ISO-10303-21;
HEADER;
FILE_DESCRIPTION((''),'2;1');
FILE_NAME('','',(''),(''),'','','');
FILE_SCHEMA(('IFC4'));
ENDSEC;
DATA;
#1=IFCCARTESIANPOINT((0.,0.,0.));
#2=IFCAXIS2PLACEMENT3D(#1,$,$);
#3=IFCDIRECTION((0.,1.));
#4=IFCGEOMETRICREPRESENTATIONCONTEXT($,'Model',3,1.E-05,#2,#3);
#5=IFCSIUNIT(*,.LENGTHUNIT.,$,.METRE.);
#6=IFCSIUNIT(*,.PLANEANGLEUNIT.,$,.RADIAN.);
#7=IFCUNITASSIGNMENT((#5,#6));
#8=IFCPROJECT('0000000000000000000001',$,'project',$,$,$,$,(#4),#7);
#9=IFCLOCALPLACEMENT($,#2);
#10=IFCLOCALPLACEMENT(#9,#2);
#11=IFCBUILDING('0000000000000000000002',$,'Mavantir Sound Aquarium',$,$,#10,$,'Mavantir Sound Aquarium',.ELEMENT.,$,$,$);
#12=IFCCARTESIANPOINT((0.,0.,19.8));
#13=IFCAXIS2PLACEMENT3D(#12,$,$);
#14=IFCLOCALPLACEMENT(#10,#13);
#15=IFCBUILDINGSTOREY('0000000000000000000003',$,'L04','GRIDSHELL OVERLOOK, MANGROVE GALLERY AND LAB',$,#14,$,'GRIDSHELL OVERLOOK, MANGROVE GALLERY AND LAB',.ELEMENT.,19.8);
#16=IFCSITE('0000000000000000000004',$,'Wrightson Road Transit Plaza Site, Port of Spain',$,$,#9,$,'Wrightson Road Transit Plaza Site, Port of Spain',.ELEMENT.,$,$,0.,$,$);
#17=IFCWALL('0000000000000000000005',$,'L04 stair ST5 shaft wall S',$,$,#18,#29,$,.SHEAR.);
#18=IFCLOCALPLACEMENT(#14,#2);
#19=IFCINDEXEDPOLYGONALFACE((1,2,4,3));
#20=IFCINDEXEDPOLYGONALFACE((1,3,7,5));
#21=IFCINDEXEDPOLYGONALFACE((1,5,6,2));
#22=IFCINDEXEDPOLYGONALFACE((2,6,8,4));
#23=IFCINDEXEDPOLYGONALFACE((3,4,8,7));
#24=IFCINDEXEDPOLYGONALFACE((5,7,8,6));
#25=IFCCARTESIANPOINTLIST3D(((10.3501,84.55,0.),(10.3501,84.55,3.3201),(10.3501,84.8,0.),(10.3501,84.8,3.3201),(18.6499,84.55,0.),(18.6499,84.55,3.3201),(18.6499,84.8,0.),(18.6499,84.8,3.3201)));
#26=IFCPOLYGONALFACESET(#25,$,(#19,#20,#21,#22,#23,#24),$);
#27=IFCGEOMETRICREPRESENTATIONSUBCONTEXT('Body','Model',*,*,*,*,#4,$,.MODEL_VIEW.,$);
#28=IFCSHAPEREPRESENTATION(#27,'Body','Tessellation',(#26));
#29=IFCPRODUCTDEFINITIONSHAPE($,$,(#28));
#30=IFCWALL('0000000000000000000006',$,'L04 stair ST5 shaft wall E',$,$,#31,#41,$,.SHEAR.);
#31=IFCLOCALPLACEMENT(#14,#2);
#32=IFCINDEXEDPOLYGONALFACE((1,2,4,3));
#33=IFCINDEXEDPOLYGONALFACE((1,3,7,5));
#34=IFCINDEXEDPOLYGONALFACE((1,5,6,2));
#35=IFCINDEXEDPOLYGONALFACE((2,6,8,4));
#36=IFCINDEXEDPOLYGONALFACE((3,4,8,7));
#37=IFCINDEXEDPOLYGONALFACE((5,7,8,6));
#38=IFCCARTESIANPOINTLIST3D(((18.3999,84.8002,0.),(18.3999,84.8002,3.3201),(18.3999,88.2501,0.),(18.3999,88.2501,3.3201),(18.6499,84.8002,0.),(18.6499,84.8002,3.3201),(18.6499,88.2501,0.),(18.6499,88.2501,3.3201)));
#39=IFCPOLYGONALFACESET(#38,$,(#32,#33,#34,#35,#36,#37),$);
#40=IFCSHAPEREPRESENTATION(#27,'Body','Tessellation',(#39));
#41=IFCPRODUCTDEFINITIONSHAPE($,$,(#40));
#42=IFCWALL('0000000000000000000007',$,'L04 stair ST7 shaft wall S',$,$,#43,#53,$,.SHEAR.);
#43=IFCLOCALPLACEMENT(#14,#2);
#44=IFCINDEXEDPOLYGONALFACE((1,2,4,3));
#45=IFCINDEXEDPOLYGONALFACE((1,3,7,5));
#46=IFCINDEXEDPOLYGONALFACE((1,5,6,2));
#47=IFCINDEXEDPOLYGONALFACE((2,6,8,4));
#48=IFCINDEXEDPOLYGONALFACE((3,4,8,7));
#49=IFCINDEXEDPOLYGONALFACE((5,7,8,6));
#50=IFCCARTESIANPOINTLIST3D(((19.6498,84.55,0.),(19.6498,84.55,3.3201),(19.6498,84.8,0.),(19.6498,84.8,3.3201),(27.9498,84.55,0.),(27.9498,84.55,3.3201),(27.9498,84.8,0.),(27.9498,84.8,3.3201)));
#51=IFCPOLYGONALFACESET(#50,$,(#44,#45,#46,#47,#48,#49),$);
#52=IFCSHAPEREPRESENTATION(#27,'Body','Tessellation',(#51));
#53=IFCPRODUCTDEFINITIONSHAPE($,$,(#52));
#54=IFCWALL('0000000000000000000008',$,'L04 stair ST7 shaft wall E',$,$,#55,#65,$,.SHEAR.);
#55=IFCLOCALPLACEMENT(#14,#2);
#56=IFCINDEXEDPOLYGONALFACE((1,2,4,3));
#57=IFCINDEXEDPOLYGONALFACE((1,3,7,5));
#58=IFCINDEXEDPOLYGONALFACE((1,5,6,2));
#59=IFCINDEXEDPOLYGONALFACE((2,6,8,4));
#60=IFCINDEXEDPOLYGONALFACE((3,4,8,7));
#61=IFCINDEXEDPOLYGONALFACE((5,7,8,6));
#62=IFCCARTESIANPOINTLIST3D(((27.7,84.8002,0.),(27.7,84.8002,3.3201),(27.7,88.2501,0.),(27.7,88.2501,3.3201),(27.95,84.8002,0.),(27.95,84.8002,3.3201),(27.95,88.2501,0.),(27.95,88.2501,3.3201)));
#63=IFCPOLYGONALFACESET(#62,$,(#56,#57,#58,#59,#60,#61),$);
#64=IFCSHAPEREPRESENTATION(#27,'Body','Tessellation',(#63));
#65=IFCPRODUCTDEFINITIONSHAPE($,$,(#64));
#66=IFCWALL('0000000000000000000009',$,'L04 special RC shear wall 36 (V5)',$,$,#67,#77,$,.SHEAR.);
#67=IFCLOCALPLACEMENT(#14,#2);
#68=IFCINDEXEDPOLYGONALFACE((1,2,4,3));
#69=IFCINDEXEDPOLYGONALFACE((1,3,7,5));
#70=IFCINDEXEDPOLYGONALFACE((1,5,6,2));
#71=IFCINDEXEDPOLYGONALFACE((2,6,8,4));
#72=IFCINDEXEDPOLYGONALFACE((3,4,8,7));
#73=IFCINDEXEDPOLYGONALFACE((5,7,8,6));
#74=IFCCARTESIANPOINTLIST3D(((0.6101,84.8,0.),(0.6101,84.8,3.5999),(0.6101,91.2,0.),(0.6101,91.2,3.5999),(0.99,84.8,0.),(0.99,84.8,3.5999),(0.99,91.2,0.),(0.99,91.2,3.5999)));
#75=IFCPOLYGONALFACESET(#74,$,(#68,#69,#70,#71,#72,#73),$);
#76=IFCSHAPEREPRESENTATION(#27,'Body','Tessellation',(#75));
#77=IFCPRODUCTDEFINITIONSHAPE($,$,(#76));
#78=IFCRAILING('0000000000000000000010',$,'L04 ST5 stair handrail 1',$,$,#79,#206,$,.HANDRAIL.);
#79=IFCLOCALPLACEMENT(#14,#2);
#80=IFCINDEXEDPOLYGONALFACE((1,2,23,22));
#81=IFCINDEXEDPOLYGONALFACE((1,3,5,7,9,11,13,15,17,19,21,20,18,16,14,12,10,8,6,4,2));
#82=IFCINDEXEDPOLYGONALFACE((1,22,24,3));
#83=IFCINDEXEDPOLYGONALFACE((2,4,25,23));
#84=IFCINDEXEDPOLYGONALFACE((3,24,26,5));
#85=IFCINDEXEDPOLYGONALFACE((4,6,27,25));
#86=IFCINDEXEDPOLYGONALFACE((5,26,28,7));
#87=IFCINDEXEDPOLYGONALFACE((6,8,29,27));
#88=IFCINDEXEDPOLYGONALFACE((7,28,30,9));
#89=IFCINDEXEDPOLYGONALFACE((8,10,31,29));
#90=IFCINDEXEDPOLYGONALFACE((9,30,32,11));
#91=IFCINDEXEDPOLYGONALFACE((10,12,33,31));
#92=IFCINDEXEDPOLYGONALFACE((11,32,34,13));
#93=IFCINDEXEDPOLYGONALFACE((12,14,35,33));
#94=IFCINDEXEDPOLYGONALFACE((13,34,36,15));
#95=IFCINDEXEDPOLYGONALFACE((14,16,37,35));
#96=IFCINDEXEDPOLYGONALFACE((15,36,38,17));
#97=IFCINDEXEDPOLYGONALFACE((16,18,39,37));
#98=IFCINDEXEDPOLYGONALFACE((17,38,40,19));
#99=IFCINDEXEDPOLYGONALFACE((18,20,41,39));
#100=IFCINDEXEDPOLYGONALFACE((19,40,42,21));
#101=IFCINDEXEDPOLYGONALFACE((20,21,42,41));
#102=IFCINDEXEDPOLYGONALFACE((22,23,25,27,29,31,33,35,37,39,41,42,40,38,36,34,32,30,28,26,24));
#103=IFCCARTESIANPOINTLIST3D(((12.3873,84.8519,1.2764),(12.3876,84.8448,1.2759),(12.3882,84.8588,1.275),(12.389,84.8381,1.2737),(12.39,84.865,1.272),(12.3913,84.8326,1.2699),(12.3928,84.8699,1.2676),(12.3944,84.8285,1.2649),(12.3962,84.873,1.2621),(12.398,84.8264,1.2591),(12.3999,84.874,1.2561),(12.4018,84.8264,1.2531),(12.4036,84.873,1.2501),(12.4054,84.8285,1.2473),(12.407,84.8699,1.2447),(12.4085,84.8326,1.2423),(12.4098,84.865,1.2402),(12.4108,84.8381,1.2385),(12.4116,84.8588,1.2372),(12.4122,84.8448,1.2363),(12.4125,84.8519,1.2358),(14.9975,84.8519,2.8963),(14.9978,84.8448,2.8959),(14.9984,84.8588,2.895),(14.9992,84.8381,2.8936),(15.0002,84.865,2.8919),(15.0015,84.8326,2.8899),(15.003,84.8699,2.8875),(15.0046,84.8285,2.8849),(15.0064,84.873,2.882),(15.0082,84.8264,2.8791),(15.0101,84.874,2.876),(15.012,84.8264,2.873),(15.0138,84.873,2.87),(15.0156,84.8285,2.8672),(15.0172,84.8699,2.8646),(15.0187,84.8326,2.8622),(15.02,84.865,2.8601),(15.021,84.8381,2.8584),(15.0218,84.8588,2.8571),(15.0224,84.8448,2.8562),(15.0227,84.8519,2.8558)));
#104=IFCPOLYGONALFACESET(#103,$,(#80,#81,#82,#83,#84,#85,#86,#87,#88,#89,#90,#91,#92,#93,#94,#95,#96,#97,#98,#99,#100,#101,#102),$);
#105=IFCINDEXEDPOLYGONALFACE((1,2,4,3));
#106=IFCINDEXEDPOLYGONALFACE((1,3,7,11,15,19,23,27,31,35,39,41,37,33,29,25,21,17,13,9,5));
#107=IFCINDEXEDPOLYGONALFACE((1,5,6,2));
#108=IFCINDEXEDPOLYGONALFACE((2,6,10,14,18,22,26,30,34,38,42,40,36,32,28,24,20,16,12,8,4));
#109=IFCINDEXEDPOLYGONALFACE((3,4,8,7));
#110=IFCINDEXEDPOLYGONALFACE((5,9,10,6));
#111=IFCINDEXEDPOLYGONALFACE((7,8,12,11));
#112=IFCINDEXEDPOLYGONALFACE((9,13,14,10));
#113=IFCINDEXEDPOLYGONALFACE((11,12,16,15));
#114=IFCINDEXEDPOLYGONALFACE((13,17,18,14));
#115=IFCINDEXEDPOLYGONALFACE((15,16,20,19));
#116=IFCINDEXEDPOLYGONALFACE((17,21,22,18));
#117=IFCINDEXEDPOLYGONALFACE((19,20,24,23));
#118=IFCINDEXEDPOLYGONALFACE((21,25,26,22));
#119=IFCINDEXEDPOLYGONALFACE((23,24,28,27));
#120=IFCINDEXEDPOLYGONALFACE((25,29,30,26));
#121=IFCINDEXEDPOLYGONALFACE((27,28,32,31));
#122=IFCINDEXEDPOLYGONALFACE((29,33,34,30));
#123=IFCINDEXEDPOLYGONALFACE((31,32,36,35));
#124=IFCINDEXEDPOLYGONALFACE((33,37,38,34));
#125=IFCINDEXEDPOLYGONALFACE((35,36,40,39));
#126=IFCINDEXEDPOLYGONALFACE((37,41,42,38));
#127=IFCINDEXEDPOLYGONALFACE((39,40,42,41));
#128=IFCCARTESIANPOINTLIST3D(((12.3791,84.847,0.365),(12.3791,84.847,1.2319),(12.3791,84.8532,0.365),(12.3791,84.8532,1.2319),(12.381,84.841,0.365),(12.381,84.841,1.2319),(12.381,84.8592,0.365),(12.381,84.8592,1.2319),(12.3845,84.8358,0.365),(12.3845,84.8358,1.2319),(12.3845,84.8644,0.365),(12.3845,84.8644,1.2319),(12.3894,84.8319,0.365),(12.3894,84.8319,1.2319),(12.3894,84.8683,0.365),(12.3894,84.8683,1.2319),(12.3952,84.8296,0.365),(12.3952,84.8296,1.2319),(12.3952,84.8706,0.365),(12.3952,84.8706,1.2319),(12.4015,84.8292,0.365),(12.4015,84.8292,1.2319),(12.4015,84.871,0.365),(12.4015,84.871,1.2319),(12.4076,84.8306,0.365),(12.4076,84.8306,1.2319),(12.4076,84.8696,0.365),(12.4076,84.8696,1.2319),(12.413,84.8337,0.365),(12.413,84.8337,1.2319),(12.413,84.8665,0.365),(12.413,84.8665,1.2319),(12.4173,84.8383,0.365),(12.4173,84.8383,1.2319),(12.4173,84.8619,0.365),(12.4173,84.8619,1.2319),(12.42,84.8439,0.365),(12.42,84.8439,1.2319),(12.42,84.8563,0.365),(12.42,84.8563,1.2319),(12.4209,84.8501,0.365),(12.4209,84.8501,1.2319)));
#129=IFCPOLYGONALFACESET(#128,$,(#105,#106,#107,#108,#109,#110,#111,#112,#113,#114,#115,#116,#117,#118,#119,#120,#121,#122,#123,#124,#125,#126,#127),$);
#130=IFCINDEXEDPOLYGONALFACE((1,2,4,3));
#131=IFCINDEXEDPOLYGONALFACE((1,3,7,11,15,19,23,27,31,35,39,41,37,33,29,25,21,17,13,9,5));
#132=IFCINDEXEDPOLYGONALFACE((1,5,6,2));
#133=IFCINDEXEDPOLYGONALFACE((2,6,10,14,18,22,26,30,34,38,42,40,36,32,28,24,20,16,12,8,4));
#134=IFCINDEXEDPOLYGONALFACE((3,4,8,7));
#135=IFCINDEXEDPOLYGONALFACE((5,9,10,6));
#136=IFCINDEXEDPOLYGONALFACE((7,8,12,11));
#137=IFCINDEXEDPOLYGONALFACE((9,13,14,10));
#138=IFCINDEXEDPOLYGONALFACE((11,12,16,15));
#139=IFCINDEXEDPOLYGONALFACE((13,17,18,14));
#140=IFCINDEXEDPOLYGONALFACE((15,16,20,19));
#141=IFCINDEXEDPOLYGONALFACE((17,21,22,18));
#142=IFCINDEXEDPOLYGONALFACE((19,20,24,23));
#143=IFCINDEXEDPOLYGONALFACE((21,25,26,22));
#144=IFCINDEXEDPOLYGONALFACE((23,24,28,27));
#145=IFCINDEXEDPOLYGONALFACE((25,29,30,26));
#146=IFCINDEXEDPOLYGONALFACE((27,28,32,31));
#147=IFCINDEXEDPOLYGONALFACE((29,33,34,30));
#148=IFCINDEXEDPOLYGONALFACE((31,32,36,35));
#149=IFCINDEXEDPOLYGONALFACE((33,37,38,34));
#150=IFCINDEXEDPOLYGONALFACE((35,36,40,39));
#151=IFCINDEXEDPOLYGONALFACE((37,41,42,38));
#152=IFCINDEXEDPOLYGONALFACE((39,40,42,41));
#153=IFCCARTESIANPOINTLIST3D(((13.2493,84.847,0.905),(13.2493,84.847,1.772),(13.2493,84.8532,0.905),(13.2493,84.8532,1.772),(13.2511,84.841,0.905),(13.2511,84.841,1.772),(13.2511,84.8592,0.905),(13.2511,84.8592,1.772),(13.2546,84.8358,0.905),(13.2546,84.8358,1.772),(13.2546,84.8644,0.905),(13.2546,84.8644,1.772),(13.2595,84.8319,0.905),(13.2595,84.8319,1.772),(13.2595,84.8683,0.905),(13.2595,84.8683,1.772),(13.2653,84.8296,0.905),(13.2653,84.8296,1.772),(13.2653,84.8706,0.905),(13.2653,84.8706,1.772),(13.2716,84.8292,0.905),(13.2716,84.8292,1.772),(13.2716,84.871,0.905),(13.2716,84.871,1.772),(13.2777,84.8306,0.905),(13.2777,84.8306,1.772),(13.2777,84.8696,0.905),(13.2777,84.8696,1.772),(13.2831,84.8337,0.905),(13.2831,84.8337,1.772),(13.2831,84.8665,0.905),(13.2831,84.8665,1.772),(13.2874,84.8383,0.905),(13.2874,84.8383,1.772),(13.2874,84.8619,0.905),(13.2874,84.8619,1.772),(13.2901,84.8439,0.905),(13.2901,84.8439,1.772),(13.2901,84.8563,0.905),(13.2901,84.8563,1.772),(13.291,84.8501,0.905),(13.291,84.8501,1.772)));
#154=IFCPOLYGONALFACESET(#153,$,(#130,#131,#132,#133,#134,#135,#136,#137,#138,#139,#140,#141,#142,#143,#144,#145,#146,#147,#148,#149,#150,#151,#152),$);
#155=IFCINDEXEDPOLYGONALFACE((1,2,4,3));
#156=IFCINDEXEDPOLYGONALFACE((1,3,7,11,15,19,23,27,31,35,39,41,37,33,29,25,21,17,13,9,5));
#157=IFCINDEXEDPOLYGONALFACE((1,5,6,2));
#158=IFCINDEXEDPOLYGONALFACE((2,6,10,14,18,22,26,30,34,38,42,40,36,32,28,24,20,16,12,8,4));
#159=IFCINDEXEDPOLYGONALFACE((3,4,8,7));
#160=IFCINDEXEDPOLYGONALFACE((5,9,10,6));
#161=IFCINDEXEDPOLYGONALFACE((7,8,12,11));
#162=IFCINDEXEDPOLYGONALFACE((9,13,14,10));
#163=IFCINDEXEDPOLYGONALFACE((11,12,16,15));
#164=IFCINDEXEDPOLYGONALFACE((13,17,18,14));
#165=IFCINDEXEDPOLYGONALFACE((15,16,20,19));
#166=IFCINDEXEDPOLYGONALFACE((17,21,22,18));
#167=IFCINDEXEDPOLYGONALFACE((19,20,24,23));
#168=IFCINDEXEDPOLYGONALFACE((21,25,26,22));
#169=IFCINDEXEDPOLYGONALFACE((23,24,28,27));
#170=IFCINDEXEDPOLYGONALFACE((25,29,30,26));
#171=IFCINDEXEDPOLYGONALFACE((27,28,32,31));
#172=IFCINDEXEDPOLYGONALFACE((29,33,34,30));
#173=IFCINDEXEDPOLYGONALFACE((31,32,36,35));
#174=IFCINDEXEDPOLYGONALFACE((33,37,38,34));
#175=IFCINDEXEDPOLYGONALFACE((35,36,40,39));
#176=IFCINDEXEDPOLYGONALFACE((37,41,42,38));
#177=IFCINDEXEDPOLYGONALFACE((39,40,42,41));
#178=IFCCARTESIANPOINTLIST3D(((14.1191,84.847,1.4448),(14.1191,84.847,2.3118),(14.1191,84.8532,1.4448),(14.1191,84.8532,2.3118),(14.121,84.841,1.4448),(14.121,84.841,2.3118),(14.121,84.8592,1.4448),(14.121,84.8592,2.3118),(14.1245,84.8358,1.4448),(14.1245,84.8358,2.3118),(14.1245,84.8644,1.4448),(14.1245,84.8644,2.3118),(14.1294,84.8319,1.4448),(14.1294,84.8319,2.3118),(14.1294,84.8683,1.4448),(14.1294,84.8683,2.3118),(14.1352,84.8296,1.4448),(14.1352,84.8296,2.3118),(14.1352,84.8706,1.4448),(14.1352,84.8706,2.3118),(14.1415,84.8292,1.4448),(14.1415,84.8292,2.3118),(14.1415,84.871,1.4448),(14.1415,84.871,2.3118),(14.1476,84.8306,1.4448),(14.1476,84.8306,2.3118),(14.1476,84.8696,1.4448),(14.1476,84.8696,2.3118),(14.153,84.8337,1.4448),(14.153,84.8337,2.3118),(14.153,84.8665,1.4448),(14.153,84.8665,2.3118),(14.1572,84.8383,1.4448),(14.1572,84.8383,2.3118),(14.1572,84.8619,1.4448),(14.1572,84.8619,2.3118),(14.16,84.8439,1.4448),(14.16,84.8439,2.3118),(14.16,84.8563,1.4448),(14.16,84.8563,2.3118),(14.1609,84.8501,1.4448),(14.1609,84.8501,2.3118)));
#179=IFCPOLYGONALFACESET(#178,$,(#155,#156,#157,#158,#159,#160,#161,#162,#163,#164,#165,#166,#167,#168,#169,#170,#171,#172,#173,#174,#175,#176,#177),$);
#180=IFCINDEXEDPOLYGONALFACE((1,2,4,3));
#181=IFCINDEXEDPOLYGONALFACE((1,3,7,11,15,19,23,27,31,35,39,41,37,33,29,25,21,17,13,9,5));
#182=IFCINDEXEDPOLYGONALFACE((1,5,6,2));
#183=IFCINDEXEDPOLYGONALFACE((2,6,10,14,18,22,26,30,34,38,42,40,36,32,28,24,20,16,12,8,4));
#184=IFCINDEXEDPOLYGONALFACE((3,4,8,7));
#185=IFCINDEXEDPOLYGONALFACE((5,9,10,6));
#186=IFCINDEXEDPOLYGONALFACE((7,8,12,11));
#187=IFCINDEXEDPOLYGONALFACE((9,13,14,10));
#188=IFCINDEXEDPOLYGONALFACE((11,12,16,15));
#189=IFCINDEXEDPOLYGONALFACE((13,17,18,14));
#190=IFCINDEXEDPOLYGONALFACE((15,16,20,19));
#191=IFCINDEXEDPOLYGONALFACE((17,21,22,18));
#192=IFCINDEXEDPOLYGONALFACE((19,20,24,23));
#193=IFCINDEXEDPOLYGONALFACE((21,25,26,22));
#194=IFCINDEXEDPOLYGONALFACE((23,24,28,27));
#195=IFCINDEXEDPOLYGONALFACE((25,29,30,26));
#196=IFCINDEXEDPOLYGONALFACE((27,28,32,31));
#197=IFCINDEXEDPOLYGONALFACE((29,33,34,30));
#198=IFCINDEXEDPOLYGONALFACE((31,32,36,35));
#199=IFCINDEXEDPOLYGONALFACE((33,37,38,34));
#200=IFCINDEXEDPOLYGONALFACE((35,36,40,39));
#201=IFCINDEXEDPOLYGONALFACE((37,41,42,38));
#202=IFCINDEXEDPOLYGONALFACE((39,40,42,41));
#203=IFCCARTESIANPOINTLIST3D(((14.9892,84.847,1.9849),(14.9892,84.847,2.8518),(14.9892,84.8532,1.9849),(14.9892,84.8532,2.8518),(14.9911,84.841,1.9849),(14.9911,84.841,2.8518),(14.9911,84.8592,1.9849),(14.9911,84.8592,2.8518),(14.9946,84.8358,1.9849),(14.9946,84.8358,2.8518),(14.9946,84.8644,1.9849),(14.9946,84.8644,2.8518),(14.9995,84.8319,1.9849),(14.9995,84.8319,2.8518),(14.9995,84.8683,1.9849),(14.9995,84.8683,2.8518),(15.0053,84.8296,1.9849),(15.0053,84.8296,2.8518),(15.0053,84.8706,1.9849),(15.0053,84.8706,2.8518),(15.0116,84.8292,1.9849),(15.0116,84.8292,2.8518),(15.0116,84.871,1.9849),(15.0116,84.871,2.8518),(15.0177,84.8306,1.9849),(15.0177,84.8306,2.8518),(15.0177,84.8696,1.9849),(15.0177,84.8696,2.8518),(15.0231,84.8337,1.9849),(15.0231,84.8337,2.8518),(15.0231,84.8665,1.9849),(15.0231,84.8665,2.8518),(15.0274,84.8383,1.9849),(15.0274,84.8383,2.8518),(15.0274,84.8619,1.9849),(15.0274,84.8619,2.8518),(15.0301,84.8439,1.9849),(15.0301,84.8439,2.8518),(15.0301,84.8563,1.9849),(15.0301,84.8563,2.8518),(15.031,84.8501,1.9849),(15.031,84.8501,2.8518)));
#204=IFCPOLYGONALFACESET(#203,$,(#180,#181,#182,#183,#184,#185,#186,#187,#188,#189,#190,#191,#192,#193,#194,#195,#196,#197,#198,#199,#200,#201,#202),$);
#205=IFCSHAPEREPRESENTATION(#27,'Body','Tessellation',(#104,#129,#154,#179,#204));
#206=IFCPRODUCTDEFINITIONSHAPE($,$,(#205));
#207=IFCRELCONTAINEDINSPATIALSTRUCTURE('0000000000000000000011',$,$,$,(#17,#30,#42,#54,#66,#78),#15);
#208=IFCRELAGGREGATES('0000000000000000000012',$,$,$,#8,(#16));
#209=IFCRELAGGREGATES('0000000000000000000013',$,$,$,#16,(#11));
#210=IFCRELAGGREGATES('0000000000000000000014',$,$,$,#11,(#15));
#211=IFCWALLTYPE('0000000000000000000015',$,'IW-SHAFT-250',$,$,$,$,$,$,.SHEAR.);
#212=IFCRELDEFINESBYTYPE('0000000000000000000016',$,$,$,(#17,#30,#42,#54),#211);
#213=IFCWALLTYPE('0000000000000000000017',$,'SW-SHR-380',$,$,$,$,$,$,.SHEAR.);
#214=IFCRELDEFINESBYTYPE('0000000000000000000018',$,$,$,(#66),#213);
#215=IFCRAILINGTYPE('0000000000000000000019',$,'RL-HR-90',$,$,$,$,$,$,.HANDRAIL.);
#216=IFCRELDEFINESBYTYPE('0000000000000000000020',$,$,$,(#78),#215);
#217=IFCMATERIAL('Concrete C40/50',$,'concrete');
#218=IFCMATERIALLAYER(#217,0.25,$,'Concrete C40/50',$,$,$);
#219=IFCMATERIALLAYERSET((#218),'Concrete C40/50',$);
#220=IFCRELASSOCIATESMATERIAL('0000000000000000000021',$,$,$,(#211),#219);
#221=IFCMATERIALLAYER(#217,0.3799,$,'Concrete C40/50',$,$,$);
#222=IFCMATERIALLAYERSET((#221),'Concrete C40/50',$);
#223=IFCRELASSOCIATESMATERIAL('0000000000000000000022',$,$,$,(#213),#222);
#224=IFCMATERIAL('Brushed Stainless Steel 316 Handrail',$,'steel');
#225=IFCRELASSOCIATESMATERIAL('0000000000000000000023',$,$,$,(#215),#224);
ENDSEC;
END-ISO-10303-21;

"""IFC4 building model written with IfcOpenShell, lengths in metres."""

from ifc_helpers import new_model, si_unit, direction, frame, frame_2d, origin, origin_2d, place, context, subcontext, project, spatial, rectangle, circle, extrude, material, layer, layer_set, type_object, element, save


model = new_model("IFC4")

# Units and contexts
model_context = context("Model", 3, precision=1e-05, world=origin(), true_north=direction((0.0, 1.0)))
body_context = subcontext(model_context, "Body", "Model", "MODEL_VIEW")
ifc_project = project(units=[si_unit("LENGTHUNIT", "METRE"), si_unit("PLANEANGLEUNIT", "RADIAN")], contexts=[model_context])

# Site, building, storey
site_placement = place(None, origin())
site = spatial("IfcSite", under=ifc_project, at=site_placement, Name="Wrightson Road Transit Plaza Site, Port of Spain", LongName="Wrightson Road Transit Plaza Site, Port of Spain", CompositionType="ELEMENT", RefElevation=0.0)
building_placement = place(site_placement, origin())
building = spatial("IfcBuilding", under=site, at=building_placement, Name="Mavantir Sound Aquarium", LongName="Mavantir Sound Aquarium", CompositionType="ELEMENT")
storey_placement = place(building_placement, frame((0.0, 0.0, 19.8)))
storey = spatial("IfcBuildingStorey", under=building, at=storey_placement, Name="L04", Description="GRIDSHELL OVERLOOK, MANGROVE GALLERY AND LAB", LongName="GRIDSHELL OVERLOOK, MANGROVE GALLERY AND LAB", CompositionType="ELEMENT", Elevation=19.8)

# Walls
ifc_material_1 = material(Name="Concrete C40/50", Category="concrete")
ifc_layer_1 = layer(ifc_material_1, 0.25, Name="Concrete C40/50")
ifc_layer_set_1 = layer_set([ifc_layer_1], Name="Concrete C40/50")
wall_type_1 = type_object("IfcWallType", Name="IW-SHAFT-250", PredefinedType="SHEAR", material=ifc_layer_set_1)
wall_1_placement = place(storey_placement, frame((10.3501, 84.675, 0.0), z_axis=(0.0, 0.0, 1.0), x_axis=(1.0, 0.0, 0.0)))
element("IfcWall", 1, at=wall_1_placement, inside=storey, type_object=wall_type_1, Name="L04 stair ST5 shaft wall S", PredefinedType="SHEAR", context=body_context, shape_type="SweptSolid", body=[
    extrude(rectangle(XDim=8.2998, YDim=0.25, at=frame_2d((4.1499, 0.0))), origin(), (0.0, 0.0, 1.0), 3.3201),
])
wall_2_placement = place(storey_placement, frame((18.5249, 84.8, 0.0), z_axis=(0.0, 0.0, 1.0), x_axis=(0.0, 1.0, 0.0)))
element("IfcWall", 2, at=wall_2_placement, inside=storey, type_object=wall_type_1, Name="L04 stair ST5 shaft wall E", PredefinedType="SHEAR", context=body_context, shape_type="SweptSolid", body=[
    extrude(rectangle(XDim=3.45, YDim=0.25, at=frame_2d((1.7251, 0.0))), origin(), (0.0, 0.0, 1.0), 3.3201),
])
wall_3_placement = place(storey_placement, frame((19.6499, 84.675, 0.0), z_axis=(0.0, 0.0, 1.0), x_axis=(1.0, 0.0, 0.0)))
element("IfcWall", 3, at=wall_3_placement, inside=storey, type_object=wall_type_1, Name="L04 stair ST7 shaft wall S", PredefinedType="SHEAR", context=body_context, shape_type="SweptSolid", body=[
    extrude(rectangle(XDim=8.3, YDim=0.25, at=frame_2d((4.1499, 0.0))), origin(), (0.0, 0.0, 1.0), 3.3201),
])
wall_4_placement = place(storey_placement, frame((27.825, 84.8, 0.0), z_axis=(0.0, 0.0, 1.0), x_axis=(0.0, 1.0, 0.0)))
element("IfcWall", 4, at=wall_4_placement, inside=storey, type_object=wall_type_1, Name="L04 stair ST7 shaft wall E", PredefinedType="SHEAR", context=body_context, shape_type="SweptSolid", body=[
    extrude(rectangle(XDim=3.45, YDim=0.25, at=frame_2d((1.7251, 0.0))), origin(), (0.0, 0.0, 1.0), 3.3201),
])
ifc_layer_2 = layer(ifc_material_1, 0.3799, Name="Concrete C40/50")
ifc_layer_set_2 = layer_set([ifc_layer_2], Name="Concrete C40/50")
wall_type_2 = type_object("IfcWallType", Name="SW-SHR-380", PredefinedType="SHEAR", material=ifc_layer_set_2)
wall_5_placement = place(storey_placement, frame((0.8, 84.8, 0.0), z_axis=(0.0, 0.0, 1.0), x_axis=(0.0, 1.0, 0.0)))
element("IfcWall", 5, at=wall_5_placement, inside=storey, type_object=wall_type_2, Name="L04 special RC shear wall 36 (V5)", PredefinedType="SHEAR", context=body_context, shape_type="SweptSolid", body=[
    extrude(rectangle(XDim=6.3999, YDim=0.3799, at=frame_2d((3.2, 0.0))), origin(), (0.0, 0.0, 1.0), 3.5999),
])

# Railing
ifc_material_2 = material(Name="Brushed Stainless Steel 316 Handrail", Category="steel")
railing_type = type_object("IfcRailingType", Name="RL-HR-90", PredefinedType="HANDRAIL", material=ifc_material_2)
railing_placement = place(storey_placement, frame((12.3999, 84.8501, 0.365)))
element("IfcRailing", 6, at=railing_placement, inside=storey, type_object=railing_type, Name="L04 ST5 stair handrail 1", PredefinedType="HANDRAIL", context=body_context, shape_type="SweptSolid", body=[
    extrude(circle(Radius=0.0239, at=origin_2d()), frame((0.0, 0.0, 0.8911), z_axis=(0.849668, 0.0, 0.527317), x_axis=(0.0, 1.0, 0.0)), (0.0, 0.0, 1.0), 3.072),
    extrude(circle(Radius=0.021, at=origin_2d()), origin(), (0.0, 0.0, 1.0), 0.8669),
    extrude(circle(Radius=0.021, at=origin_2d()), frame((0.8701, 0.0, 0.54)), (0.0, 0.0, 1.0), 0.8669),
    extrude(circle(Radius=0.021, at=origin_2d()), frame((1.74, 0.0, 1.0798)), (0.0, 0.0, 1.0), 0.8669),
    extrude(circle(Radius=0.021, at=origin_2d()), frame((2.6101, 0.0, 1.6199)), (0.0, 0.0, 1.0), 0.8669),
])

save(model, "model.ifc")
